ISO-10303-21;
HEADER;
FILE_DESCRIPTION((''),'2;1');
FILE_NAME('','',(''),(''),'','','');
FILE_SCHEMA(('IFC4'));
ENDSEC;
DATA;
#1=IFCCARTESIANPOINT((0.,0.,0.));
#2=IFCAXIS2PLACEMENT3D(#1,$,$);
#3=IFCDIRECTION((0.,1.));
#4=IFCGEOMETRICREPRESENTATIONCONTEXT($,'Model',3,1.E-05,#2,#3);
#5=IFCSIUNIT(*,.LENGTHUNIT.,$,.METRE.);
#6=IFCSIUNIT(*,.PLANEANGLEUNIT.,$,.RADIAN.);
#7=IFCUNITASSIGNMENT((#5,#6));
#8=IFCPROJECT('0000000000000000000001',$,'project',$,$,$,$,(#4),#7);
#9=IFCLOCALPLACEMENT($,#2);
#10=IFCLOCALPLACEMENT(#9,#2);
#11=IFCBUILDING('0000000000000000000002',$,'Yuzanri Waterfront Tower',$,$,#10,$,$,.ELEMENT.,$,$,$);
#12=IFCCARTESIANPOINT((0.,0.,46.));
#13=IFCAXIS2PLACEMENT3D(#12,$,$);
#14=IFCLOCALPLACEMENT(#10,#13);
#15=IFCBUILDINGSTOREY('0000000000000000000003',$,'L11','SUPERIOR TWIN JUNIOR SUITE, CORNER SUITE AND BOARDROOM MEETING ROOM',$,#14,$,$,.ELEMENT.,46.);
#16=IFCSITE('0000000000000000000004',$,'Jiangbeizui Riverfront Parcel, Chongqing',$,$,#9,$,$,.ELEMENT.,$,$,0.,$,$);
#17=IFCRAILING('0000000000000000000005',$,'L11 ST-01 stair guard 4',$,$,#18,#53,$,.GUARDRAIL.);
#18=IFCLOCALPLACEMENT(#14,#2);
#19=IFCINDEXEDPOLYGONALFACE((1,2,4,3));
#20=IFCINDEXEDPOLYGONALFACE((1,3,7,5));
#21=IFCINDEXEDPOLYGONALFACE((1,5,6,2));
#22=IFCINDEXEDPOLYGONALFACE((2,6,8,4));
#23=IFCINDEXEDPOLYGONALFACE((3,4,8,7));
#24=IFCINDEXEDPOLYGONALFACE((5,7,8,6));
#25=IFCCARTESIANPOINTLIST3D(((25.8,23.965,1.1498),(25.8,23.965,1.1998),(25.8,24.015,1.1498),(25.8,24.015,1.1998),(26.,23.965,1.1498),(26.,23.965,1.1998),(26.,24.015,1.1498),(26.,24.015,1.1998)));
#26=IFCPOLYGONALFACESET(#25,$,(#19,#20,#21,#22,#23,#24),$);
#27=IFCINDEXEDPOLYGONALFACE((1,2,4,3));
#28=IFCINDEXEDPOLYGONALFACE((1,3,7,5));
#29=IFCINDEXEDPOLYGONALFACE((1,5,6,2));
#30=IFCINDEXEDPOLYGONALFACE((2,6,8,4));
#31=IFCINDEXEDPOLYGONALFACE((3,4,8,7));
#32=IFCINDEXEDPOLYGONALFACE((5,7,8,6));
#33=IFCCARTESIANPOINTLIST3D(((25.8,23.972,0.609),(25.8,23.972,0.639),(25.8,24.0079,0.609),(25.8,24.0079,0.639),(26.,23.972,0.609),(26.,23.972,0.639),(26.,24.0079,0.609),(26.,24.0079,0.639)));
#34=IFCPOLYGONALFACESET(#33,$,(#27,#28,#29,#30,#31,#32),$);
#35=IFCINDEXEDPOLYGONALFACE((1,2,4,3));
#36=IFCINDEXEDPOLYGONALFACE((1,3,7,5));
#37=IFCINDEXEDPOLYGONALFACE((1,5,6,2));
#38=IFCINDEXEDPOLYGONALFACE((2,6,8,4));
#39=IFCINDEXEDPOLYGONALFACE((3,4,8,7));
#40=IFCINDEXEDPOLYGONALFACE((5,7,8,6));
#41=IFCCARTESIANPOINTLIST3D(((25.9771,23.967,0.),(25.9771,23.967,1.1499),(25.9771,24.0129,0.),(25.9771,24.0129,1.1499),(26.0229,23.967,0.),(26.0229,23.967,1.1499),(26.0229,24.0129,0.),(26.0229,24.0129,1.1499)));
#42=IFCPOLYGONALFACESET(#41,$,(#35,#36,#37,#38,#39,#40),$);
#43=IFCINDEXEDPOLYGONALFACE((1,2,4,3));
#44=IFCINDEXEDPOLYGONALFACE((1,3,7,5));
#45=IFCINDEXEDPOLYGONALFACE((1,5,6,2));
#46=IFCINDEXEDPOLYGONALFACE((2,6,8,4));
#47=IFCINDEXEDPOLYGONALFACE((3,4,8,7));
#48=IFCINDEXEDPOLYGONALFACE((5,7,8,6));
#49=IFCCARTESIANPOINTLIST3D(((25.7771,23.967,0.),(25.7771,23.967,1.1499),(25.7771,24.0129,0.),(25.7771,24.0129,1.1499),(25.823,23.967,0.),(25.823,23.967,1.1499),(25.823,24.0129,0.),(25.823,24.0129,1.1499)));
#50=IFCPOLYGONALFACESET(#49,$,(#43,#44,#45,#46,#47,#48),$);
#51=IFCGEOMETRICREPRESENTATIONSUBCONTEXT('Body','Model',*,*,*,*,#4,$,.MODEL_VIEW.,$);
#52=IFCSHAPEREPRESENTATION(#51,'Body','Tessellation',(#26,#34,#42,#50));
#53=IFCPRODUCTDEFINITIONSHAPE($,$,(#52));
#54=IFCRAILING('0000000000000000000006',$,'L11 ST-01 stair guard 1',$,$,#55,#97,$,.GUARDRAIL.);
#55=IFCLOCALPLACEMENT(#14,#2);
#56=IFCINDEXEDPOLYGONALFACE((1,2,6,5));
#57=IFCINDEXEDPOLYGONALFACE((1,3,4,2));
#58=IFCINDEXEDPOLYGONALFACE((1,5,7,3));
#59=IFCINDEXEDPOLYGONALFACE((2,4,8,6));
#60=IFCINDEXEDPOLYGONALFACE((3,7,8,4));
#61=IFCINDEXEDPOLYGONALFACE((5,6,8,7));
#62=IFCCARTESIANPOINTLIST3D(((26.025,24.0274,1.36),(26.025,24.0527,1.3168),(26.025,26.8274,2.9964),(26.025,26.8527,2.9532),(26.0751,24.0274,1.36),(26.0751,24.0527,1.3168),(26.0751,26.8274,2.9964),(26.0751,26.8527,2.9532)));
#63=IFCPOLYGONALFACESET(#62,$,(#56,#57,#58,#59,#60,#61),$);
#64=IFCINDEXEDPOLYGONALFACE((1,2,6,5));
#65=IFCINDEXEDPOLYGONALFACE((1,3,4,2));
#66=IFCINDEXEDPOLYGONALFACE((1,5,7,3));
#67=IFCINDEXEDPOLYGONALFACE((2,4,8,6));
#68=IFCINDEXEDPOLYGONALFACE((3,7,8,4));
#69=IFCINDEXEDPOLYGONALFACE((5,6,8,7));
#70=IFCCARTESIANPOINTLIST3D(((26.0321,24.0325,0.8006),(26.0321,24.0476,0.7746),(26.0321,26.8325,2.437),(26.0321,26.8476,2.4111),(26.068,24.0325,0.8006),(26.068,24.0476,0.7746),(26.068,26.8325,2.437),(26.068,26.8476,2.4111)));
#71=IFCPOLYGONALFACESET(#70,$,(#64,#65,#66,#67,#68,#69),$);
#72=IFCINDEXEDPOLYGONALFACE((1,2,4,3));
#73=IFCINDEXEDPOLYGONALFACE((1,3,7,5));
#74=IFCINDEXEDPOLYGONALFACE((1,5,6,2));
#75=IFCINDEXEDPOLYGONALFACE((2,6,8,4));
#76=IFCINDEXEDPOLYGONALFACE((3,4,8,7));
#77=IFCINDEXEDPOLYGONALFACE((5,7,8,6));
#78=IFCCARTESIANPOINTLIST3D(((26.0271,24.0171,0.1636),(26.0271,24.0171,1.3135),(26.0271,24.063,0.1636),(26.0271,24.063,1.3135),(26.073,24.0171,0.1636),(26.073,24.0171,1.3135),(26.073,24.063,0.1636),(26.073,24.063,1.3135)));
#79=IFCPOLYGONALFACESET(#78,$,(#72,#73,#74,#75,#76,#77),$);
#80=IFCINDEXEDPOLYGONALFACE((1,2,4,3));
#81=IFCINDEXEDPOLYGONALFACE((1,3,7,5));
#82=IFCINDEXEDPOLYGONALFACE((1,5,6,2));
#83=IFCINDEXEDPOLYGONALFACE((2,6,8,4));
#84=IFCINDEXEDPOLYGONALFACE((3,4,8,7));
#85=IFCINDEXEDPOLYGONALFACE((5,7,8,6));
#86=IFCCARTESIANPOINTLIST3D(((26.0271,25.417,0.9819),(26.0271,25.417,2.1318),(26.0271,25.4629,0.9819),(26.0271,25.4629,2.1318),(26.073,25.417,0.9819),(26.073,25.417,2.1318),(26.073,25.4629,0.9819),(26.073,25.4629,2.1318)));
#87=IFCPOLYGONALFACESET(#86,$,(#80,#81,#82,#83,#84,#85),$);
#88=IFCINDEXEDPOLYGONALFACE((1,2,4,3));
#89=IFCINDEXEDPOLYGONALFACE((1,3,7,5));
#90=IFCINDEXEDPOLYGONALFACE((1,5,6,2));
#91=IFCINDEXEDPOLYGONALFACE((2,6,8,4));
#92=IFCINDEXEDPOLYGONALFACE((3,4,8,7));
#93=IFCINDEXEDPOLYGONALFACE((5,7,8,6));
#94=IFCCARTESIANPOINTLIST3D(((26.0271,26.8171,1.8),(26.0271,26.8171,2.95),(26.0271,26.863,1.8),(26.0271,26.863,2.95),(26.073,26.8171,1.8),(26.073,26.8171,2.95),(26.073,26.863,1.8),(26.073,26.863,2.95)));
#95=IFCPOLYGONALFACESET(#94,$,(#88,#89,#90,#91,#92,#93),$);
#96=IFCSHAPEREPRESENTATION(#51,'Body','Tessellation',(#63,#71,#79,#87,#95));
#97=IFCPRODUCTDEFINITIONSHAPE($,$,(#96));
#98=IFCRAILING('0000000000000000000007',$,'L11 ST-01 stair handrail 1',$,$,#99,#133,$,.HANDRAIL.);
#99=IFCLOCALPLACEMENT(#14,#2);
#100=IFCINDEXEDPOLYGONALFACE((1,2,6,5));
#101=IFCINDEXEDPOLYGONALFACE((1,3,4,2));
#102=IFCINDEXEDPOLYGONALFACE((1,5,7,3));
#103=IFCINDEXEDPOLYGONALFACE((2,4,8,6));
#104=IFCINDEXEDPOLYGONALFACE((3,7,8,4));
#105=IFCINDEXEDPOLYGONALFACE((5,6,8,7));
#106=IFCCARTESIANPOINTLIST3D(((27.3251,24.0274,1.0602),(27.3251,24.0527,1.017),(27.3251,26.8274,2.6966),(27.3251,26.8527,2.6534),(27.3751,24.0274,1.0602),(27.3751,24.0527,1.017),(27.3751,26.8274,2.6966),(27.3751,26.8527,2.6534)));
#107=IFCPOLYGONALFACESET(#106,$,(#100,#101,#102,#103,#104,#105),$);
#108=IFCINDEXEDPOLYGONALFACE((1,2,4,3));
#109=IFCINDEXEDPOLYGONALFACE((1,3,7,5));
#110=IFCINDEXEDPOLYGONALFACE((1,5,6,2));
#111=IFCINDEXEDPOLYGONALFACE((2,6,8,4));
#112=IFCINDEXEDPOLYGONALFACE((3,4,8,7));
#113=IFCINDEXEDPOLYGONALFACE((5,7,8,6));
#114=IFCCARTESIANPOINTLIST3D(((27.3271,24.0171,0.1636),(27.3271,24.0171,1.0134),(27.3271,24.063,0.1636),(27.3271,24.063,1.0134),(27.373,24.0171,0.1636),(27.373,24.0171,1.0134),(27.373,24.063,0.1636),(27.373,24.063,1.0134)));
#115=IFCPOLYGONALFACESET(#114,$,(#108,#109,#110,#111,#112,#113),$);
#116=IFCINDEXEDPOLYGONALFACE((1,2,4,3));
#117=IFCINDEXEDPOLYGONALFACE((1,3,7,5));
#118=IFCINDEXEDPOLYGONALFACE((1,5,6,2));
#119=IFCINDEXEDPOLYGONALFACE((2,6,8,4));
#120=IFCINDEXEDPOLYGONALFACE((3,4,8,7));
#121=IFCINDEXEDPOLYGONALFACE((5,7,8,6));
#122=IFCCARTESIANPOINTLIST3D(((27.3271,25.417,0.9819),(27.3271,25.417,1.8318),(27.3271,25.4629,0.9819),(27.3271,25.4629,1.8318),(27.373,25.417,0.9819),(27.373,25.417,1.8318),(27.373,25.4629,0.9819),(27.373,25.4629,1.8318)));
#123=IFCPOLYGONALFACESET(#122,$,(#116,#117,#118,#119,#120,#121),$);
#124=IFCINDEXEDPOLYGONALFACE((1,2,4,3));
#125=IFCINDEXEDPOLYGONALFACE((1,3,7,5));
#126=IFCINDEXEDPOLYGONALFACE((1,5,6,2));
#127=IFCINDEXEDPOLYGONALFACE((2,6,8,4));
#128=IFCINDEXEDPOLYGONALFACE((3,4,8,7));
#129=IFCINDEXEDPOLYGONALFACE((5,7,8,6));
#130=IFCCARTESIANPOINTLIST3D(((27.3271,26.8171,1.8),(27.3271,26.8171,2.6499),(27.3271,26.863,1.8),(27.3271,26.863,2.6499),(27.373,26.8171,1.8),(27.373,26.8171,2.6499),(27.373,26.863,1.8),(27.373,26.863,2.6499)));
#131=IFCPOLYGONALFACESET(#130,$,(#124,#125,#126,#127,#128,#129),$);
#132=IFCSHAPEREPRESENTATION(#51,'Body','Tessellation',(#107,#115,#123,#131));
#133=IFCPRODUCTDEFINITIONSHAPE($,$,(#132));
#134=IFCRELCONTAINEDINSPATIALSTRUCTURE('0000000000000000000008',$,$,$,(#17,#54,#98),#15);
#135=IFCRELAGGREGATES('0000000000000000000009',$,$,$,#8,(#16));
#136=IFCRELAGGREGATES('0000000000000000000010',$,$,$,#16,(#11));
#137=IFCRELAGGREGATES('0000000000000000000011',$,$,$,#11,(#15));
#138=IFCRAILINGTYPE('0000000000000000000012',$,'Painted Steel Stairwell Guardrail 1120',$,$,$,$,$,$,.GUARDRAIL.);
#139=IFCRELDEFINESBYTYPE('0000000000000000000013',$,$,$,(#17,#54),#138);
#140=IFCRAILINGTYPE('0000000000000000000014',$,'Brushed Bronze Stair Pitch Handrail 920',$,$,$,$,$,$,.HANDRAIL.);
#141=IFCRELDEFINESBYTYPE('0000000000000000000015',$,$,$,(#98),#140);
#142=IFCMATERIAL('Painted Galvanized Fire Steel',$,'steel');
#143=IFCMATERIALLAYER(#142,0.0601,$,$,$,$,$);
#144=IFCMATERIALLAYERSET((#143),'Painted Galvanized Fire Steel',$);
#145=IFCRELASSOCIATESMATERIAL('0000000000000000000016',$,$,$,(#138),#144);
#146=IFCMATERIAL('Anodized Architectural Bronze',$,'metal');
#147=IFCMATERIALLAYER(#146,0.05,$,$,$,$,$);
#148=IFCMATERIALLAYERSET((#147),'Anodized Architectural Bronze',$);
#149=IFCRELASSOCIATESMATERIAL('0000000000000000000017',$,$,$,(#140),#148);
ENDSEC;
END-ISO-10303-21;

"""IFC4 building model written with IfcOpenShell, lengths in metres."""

from ifc_helpers import new_model, si_unit, direction, frame, origin, origin_2d, place, context, subcontext, project, spatial, rectangle, extrude, source, transform, mapped, material, layer, layer_set, type_object, element, save


model = new_model("IFC4")

# Units and contexts
model_context = context("Model", 3, precision=1e-05, world=origin(), true_north=direction((0.0, 1.0)))
body_context = subcontext(model_context, "Body", "Model", "MODEL_VIEW")
ifc_project = project(units=[si_unit("LENGTHUNIT", "METRE"), si_unit("PLANEANGLEUNIT", "RADIAN")], contexts=[model_context])

# Site, building, storey
site_placement = place(None, origin())
site = spatial("IfcSite", under=ifc_project, at=site_placement, Name="Jiangbeizui Riverfront Parcel, Chongqing", CompositionType="ELEMENT", RefElevation=0.0)
building_placement = place(site_placement, origin())
building = spatial("IfcBuilding", under=site, at=building_placement, Name="Yuzanri Waterfront Tower", CompositionType="ELEMENT")
storey_placement = place(building_placement, frame((0.0, 0.0, 46.0)))
storey = spatial("IfcBuildingStorey", under=building, at=storey_placement, Name="L11", Description="SUPERIOR TWIN JUNIOR SUITE, CORNER SUITE AND BOARDROOM MEETING ROOM", CompositionType="ELEMENT", Elevation=46.0)

# Railings
ifc_material_1 = material(Name="Painted Galvanized Fire Steel", Category="steel")
ifc_layer_1 = layer(ifc_material_1, 0.0601)
ifc_layer_set_1 = layer_set([ifc_layer_1], Name="Painted Galvanized Fire Steel")
railing_type_1 = type_object("IfcRailingType", Name="Painted Steel Stairwell Guardrail 1120", PredefinedType="GUARDRAIL", material=ifc_layer_set_1)
shared_shape_1 = source(origin(), body_context, "Body", "SweptSolid", [
    extrude(rectangle(XDim=0.05, YDim=0.05, at=origin_2d()), frame((0.0, 0.0, 1.1748), z_axis=(-1.0, 0.0, 0.0), x_axis=(0.0, -1.0, 0.0)), (0.0, 0.0, 1.0), 0.2),
    extrude(rectangle(XDim=0.0359, YDim=0.03, at=origin_2d()), frame((0.0, 0.0, 0.624), z_axis=(-1.0, 0.0, 0.0), x_axis=(0.0, -1.0, 0.0)), (0.0, 0.0, 1.0), 0.2),
    extrude(rectangle(XDim=0.0459, YDim=0.0459, at=origin_2d()), origin(), (0.0, 0.0, 1.0), 1.1499),
    extrude(rectangle(XDim=0.0459, YDim=0.0459, at=origin_2d()), frame((-0.2, 0.0, 0.0)), (0.0, 0.0, 1.0), 1.1499),
])
railing_1_placement = place(storey_placement, frame((26.0, 23.99, 0.0)))
element("IfcRailing", 1, at=railing_1_placement, inside=storey, type_object=railing_type_1, Name="L11 ST-01 stair guard 4", PredefinedType="GUARDRAIL", context=body_context, shape_type="MappedRepresentation", body=[
    mapped(shared_shape_1, transform((0.0, 0.0, 0.0), scale=1.0)),
])
shared_shape_2 = source(origin(), body_context, "Body", "SweptSolid", [
    extrude(rectangle(XDim=0.05, YDim=0.05, at=origin_2d()), frame((0.0, 0.0, 1.1748), z_axis=(0.0, 0.863361, 0.504587), x_axis=(-1.0, 0.0, 0.0)), (0.0, 0.0, 1.0), 3.2432),
    extrude(rectangle(XDim=0.0359, YDim=0.03, at=origin_2d()), frame((0.0, 0.0, 0.624), z_axis=(0.0, 0.863361, 0.504587), x_axis=(-1.0, 0.0, 0.0)), (0.0, 0.0, 1.0), 3.2432),
    extrude(rectangle(XDim=0.0459, YDim=0.0459, at=origin_2d()), origin(), (0.0, 0.0, 1.0), 1.1499),
    extrude(rectangle(XDim=0.0459, YDim=0.0459, at=origin_2d()), frame((0.0, 1.3999, 0.8184)), (0.0, 0.0, 1.0), 1.1499),
    extrude(rectangle(XDim=0.0459, YDim=0.0459, at=origin_2d()), frame((0.0, 2.8, 1.6365)), (0.0, 0.0, 1.0), 1.1499),
])
railing_2_placement = place(storey_placement, frame((26.05, 24.04, 0.1636)))
element("IfcRailing", 2, at=railing_2_placement, inside=storey, type_object=railing_type_1, Name="L11 ST-01 stair guard 1", PredefinedType="GUARDRAIL", context=body_context, shape_type="MappedRepresentation", body=[
    mapped(shared_shape_2, transform((0.0, 0.0, 0.0), scale=1.0)),
])
ifc_material_2 = material(Name="Anodized Architectural Bronze", Category="metal")
ifc_layer_2 = layer(ifc_material_2, 0.05)
ifc_layer_set_2 = layer_set([ifc_layer_2], Name="Anodized Architectural Bronze")
railing_type_2 = type_object("IfcRailingType", Name="Brushed Bronze Stair Pitch Handrail 920", PredefinedType="HANDRAIL", material=ifc_layer_set_2)
shared_shape_3 = source(origin(), body_context, "Body", "SweptSolid", [
    extrude(rectangle(XDim=0.05, YDim=0.05, at=origin_2d()), frame((0.0, 0.0, 0.875), z_axis=(0.0, 0.863361, 0.504587), x_axis=(-1.0, 0.0, 0.0)), (0.0, 0.0, 1.0), 3.2432),
    extrude(rectangle(XDim=0.0459, YDim=0.0459, at=origin_2d()), origin(), (0.0, 0.0, 1.0), 0.8499),
    extrude(rectangle(XDim=0.0459, YDim=0.0459, at=origin_2d()), frame((0.0, 1.3999, 0.8184)), (0.0, 0.0, 1.0), 0.8499),
    extrude(rectangle(XDim=0.0459, YDim=0.0459, at=origin_2d()), frame((0.0, 2.8, 1.6365)), (0.0, 0.0, 1.0), 0.8499),
])
railing_3_placement = place(storey_placement, frame((27.3501, 24.04, 0.1636)))
element("IfcRailing", 3, at=railing_3_placement, inside=storey, type_object=railing_type_2, Name="L11 ST-01 stair handrail 1", PredefinedType="HANDRAIL", context=body_context, shape_type="MappedRepresentation", body=[
    mapped(shared_shape_3, transform((0.0, 0.0, 0.0), scale=1.0)),
])

save(model, "model.ifc")
